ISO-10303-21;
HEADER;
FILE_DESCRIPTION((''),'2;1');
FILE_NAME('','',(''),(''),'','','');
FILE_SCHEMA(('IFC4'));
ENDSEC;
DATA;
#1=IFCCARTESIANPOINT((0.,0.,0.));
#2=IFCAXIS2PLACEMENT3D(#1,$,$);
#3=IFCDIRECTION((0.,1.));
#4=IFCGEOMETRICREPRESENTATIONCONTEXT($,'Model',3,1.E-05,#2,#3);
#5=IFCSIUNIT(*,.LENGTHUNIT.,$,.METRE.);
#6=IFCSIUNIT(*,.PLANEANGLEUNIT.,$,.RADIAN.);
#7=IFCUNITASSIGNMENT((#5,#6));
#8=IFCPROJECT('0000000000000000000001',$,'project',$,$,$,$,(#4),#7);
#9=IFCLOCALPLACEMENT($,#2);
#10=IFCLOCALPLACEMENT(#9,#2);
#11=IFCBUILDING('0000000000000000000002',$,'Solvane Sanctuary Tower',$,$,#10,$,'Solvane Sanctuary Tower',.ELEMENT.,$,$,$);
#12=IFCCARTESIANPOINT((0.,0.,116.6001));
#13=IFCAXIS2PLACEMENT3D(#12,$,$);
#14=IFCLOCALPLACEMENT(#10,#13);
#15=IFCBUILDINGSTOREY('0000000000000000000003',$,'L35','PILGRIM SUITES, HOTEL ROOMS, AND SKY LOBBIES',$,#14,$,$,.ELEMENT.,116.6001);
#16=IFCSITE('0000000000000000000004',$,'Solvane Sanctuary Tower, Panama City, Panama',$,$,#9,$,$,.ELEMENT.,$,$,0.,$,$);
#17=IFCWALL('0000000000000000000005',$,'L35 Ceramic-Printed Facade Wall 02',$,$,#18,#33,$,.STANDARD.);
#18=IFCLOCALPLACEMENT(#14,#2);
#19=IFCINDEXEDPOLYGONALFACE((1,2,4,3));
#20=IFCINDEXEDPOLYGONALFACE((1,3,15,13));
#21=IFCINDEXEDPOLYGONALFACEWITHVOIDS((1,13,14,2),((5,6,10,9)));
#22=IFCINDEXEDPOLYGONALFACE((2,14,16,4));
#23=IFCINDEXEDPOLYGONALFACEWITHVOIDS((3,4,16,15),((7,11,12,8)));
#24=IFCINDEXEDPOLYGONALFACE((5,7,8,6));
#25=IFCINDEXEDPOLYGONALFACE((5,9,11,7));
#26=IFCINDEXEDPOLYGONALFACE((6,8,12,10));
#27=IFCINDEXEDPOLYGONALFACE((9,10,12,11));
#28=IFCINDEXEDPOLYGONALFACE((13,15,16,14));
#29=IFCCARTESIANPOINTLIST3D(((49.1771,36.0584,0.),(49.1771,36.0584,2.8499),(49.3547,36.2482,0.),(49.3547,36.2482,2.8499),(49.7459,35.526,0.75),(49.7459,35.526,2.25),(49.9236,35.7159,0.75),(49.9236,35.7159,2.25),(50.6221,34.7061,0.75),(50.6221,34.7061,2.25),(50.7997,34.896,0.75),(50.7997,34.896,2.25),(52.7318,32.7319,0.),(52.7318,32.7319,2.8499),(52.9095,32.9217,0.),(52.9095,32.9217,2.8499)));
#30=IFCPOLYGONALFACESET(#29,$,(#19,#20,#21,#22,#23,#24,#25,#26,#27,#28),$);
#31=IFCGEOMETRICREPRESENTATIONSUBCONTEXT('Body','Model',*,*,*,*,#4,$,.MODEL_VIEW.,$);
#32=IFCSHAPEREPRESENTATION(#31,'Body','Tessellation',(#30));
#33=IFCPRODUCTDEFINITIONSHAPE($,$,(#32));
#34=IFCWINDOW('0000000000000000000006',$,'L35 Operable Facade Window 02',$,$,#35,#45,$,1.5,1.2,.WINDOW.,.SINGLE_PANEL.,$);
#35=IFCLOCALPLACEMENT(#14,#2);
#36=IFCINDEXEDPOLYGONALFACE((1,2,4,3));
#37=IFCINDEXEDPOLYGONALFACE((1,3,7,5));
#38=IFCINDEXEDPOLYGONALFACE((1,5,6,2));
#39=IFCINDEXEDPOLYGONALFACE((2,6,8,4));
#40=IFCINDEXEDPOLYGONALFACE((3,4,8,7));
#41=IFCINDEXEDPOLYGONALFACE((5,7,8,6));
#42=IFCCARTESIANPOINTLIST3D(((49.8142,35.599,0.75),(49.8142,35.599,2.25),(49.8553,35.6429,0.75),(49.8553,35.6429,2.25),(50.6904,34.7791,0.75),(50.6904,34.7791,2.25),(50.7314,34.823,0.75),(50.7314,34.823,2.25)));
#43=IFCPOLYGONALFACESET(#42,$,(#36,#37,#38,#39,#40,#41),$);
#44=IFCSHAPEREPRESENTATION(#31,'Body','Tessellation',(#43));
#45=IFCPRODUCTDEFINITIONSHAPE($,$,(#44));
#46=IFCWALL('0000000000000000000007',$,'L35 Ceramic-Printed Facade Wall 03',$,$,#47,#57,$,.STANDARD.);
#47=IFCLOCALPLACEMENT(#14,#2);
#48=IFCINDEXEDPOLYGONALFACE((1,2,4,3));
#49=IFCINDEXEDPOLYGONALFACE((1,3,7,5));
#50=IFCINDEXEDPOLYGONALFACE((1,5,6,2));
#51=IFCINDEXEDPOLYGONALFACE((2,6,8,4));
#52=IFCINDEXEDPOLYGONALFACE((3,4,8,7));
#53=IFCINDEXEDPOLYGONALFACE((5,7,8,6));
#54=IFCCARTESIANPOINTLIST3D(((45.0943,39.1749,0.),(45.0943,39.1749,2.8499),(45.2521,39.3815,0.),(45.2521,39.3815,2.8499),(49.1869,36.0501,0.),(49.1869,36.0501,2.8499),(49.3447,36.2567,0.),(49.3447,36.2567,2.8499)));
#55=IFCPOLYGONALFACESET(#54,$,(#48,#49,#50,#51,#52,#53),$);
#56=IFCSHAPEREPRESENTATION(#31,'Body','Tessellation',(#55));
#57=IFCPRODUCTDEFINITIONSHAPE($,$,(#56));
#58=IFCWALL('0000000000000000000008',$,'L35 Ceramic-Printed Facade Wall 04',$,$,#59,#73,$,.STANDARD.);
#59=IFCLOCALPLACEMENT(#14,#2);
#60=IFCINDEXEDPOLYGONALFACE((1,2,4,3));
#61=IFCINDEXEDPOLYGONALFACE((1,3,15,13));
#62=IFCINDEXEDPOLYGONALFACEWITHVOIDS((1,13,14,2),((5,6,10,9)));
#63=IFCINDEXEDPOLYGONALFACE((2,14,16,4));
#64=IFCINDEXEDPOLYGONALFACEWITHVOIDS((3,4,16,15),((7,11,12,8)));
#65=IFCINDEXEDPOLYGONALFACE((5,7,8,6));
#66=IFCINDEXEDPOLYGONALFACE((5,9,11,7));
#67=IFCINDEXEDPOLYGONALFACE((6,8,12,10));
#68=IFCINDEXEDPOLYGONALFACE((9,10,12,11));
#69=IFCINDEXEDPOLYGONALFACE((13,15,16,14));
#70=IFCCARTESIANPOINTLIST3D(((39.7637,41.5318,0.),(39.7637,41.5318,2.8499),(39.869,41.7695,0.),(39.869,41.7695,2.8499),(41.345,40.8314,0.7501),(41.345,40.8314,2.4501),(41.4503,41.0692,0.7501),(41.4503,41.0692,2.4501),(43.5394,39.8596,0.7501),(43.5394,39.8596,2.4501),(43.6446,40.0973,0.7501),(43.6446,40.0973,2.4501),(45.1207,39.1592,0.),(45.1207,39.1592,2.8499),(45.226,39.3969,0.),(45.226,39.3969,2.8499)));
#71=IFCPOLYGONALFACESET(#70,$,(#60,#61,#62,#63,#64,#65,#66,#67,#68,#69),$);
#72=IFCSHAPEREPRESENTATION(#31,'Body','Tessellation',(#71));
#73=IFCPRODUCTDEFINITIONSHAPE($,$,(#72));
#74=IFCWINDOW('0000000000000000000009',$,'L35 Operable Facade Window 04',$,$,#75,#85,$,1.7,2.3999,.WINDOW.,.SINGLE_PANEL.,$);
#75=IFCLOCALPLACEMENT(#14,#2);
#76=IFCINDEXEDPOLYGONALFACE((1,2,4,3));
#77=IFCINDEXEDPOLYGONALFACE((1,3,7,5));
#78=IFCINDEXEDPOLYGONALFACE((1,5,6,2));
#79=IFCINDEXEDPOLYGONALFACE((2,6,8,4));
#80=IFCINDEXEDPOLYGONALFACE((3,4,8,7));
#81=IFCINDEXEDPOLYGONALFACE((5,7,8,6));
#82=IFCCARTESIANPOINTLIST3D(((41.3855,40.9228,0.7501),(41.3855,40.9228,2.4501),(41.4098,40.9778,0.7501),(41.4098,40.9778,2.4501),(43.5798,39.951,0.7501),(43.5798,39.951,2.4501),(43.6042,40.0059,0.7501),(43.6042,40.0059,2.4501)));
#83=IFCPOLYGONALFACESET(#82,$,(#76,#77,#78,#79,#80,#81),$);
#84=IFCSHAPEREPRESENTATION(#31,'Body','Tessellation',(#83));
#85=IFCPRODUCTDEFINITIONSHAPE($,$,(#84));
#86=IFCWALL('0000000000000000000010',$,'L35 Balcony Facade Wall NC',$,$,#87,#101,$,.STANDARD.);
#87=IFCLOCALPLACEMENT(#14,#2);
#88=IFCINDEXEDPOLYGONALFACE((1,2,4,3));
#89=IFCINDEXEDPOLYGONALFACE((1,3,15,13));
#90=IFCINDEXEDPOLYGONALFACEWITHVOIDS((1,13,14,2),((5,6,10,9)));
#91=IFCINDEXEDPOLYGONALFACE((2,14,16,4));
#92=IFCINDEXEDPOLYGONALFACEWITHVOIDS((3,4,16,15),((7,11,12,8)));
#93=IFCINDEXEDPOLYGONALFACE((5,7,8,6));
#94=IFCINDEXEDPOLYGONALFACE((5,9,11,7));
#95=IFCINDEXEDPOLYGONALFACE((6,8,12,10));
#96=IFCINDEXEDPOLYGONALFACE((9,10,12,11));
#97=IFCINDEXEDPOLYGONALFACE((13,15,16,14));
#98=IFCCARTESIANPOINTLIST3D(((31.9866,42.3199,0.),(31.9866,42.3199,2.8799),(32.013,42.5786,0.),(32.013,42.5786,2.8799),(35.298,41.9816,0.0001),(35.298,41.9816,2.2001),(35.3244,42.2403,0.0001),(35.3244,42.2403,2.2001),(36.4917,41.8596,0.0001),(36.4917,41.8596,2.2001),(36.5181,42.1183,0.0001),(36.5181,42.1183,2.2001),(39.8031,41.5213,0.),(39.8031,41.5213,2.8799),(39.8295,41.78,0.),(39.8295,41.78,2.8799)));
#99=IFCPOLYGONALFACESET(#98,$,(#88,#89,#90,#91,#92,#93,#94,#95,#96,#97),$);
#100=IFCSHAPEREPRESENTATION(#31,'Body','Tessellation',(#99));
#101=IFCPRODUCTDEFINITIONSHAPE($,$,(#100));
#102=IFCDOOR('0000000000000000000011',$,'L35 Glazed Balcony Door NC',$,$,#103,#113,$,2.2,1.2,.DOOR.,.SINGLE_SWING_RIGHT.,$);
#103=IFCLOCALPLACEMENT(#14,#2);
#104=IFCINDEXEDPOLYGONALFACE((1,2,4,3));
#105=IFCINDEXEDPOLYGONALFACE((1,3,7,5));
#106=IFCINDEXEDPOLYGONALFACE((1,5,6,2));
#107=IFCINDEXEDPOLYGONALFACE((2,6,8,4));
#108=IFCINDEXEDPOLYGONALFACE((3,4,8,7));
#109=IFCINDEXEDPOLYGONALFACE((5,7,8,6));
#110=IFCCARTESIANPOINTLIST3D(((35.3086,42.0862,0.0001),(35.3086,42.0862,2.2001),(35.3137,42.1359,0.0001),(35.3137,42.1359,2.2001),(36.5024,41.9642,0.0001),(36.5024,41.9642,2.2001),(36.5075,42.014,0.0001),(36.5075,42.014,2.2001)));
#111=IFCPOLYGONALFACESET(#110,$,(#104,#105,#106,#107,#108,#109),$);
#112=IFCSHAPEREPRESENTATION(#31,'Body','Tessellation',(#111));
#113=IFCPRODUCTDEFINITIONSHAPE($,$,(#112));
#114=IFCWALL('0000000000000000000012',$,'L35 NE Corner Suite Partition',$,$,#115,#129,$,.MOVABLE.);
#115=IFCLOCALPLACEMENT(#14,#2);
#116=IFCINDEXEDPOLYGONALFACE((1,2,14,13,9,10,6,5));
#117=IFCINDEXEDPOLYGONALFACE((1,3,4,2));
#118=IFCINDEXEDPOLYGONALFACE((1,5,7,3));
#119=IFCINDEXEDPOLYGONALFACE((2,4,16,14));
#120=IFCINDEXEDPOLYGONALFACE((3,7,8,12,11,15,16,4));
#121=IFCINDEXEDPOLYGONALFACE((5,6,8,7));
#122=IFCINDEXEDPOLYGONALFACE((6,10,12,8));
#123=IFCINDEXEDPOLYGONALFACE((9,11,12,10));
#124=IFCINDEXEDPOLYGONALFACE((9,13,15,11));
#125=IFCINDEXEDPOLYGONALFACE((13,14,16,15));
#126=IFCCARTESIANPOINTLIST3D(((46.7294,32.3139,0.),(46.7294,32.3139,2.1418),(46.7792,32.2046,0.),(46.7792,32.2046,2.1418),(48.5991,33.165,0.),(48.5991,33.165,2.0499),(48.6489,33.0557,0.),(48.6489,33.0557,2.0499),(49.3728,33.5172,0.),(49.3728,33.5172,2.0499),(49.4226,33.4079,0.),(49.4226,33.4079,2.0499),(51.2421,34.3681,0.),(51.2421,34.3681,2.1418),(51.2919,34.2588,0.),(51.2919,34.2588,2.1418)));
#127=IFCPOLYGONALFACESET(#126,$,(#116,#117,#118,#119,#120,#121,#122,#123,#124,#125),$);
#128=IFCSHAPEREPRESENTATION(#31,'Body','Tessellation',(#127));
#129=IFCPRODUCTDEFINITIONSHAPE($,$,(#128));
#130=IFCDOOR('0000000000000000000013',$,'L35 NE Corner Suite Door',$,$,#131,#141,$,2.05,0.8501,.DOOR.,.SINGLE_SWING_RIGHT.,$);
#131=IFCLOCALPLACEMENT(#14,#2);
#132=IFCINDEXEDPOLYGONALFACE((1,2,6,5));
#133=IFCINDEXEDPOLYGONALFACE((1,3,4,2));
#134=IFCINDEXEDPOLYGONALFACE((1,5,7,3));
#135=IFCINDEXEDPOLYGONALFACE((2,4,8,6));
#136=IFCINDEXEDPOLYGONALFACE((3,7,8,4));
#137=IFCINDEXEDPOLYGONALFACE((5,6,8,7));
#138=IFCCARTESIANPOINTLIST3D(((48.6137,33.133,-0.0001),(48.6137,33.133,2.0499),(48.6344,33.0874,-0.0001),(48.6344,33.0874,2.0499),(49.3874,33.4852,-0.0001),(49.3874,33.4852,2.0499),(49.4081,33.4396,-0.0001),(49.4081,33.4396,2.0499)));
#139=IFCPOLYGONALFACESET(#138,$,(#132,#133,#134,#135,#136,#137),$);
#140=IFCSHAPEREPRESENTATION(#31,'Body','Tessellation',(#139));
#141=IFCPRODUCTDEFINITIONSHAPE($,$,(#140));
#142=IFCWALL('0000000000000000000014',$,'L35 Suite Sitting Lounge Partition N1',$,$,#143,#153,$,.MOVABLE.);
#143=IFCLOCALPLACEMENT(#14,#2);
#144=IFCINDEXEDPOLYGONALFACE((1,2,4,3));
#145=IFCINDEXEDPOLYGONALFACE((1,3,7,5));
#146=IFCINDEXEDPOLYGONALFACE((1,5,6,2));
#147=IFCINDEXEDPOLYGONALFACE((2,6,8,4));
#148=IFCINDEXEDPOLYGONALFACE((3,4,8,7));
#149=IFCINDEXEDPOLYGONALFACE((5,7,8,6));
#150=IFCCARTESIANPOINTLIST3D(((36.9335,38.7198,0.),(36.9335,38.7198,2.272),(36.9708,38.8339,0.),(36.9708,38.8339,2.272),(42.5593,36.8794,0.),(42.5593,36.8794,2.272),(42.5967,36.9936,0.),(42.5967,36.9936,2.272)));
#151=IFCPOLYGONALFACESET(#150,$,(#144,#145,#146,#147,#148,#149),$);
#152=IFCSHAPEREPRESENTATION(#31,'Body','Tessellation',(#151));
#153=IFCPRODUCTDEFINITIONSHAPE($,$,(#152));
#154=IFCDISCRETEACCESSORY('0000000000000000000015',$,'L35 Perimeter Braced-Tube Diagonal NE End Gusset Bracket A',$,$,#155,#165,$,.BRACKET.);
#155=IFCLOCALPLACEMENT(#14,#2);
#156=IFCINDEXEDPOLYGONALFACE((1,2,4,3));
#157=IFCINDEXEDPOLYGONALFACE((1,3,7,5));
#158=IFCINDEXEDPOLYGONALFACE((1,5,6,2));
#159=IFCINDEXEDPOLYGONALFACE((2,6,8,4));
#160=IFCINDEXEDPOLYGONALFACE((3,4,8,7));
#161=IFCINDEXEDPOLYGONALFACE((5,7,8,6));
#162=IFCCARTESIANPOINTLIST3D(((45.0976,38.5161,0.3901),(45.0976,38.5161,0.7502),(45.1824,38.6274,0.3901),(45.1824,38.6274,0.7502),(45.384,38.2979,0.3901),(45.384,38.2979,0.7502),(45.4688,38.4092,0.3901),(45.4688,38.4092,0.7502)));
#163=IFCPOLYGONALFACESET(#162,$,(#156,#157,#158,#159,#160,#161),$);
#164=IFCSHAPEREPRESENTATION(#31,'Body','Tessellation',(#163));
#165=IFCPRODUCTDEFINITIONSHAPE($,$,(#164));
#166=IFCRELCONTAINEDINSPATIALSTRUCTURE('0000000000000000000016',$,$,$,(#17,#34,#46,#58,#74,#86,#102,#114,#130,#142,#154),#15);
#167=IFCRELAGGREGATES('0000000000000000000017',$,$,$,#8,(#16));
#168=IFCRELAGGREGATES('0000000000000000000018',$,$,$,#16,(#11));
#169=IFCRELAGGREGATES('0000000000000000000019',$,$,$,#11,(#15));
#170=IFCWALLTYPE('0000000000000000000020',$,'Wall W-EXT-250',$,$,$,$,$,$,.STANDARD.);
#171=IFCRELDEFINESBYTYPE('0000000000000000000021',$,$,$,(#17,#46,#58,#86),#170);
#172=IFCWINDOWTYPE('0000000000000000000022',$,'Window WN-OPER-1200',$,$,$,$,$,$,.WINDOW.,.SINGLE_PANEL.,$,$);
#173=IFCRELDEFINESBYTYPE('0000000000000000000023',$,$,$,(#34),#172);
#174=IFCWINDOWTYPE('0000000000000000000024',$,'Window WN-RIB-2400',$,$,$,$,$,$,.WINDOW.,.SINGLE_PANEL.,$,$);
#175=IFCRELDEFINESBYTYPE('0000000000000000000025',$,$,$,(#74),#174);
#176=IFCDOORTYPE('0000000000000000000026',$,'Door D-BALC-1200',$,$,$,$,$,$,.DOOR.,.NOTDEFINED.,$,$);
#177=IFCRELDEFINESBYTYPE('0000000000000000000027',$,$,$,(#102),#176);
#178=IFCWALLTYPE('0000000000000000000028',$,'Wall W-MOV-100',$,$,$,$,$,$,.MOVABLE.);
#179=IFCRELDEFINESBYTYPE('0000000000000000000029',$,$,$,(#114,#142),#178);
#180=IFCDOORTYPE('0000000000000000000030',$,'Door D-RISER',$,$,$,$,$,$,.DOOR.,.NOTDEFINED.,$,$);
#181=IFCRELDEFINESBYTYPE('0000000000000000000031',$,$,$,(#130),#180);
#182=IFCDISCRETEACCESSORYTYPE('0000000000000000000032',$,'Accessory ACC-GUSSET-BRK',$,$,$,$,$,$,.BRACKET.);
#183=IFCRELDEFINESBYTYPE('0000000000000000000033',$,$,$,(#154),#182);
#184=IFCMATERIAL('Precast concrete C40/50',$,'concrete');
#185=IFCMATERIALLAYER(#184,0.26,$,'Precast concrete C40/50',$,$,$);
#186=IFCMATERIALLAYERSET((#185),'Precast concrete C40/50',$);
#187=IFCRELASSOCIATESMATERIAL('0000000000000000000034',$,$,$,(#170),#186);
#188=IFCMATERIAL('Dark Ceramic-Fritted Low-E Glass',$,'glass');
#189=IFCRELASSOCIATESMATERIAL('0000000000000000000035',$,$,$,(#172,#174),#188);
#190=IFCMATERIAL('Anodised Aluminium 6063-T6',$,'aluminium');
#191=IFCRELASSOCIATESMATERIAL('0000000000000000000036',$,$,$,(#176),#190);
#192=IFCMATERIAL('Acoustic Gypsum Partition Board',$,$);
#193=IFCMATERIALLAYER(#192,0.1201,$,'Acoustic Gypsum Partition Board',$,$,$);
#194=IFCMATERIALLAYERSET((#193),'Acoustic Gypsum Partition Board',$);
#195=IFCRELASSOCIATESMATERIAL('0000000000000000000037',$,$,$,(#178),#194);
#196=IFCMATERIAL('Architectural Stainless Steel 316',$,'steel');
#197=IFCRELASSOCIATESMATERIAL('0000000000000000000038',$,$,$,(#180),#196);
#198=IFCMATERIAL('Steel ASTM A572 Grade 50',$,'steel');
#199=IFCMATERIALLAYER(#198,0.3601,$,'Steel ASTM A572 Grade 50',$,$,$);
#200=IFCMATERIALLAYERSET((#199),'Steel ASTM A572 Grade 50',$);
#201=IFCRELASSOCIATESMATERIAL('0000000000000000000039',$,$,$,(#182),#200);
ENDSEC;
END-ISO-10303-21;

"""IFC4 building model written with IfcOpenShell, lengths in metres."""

from ifc_helpers import new_model, si_unit, direction, frame, frame_2d, origin, origin_2d, place, context, subcontext, project, spatial, rectangle, extrude, material, layer, layer_set, type_object, element, fill, save


model = new_model("IFC4")

# Units and contexts
model_context = context("Model", 3, precision=1e-05, world=origin(), true_north=direction((0.0, 1.0)))
body_context = subcontext(model_context, "Body", "Model", "MODEL_VIEW")
ifc_project = project(units=[si_unit("LENGTHUNIT", "METRE"), si_unit("PLANEANGLEUNIT", "RADIAN")], contexts=[model_context])

# Site, building, storey
site_placement = place(None, origin())
site = spatial("IfcSite", under=ifc_project, at=site_placement, Name="Solvane Sanctuary Tower, Panama City, Panama", CompositionType="ELEMENT", RefElevation=0.0)
building_placement = place(site_placement, origin())
building = spatial("IfcBuilding", under=site, at=building_placement, Name="Solvane Sanctuary Tower", LongName="Solvane Sanctuary Tower", CompositionType="ELEMENT")
storey_placement = place(building_placement, frame((0.0, 0.0, 116.6001)))
storey = spatial("IfcBuildingStorey", under=building, at=storey_placement, Name="L35", Description="PILGRIM SUITES, HOTEL ROOMS, AND SKY LOBBIES", CompositionType="ELEMENT", Elevation=116.6001)

# Shared definitions
ifc_material_1 = material(Name="Acoustic Gypsum Partition Board")

# Wall, opening, window
ifc_material_2 = material(Name="Precast concrete C40/50", Category="concrete")
ifc_layer_1 = layer(ifc_material_2, 0.26, Name="Precast concrete C40/50")
ifc_layer_set_1 = layer_set([ifc_layer_1], Name="Precast concrete C40/50")
wall_type_1 = type_object("IfcWallType", Name="Wall W-EXT-250", PredefinedType="STANDARD", material=ifc_layer_set_1)
wall_1_placement = place(storey_placement, frame((52.8206, 32.8269, 0.0), z_axis=(0.0, 0.0, 1.0), x_axis=(-0.730162, 0.683274, 0.0)))
wall_1 = element("IfcWall", 1, at=wall_1_placement, inside=storey, type_object=wall_type_1, Name="L35 Ceramic-Printed Facade Wall 02", PredefinedType="STANDARD", context=body_context, shape_type="SweptSolid", body=[
    extrude(rectangle(XDim=4.8684, YDim=0.26, at=frame_2d((2.4341, 0.0))), origin(), (0.0, 0.0, 1.0), 2.8499),
])
opening_1_placement = place(wall_1_placement, frame((2.8892, 0.0, 0.75)))
opening_1 = element("IfcOpeningElement", 2, at=opening_1_placement, cuts=wall_1, PredefinedType="OPENING", context=body_context, shape_type="SweptSolid", body=[
    extrude(rectangle(XDim=1.2, YDim=1.5, at=frame_2d((0.6001, 0.75))), frame((0.0, 0.1399, 0.0), z_axis=(0.0, -1.0, 0.0), x_axis=(1.0, 0.0, 0.0)), (0.0, 0.0, 1.0), 0.28),
])
ifc_material_3 = material(Name="Dark Ceramic-Fritted Low-E Glass", Category="glass")
window_type_1 = type_object("IfcWindowType", Name="Window WN-OPER-1200", PartitioningType="SINGLE_PANEL", PredefinedType="WINDOW", material=ifc_material_3)
window_1_placement = place(opening_1_placement, origin())
window_1 = element("IfcWindow", 3, at=window_1_placement, inside=storey, type_object=window_type_1, Name="L35 Operable Facade Window 02", OverallHeight=1.5, OverallWidth=1.2, PartitioningType="SINGLE_PANEL", PredefinedType="WINDOW", context=body_context, shape_type="SweptSolid", body=[
    extrude(rectangle(XDim=1.2, YDim=1.5, at=frame_2d((0.6001, 0.75))), frame((0.0, 0.03, 0.0), z_axis=(0.0, -1.0, 0.0), x_axis=(1.0, 0.0, 0.0)), (0.0, 0.0, 1.0), 0.0601),
])
fill(opening_1, window_1)

# Wall
wall_2_placement = place(storey_placement, frame((49.2659, 36.1533, 0.0), z_axis=(0.0, 0.0, 1.0), x_axis=(-0.79481, 0.606859, 0.0)))
element("IfcWall", 4, at=wall_2_placement, inside=storey, type_object=wall_type_1, Name="L35 Ceramic-Printed Facade Wall 03", PredefinedType="STANDARD", context=body_context, shape_type="SweptSolid", body=[
    extrude(rectangle(XDim=5.1492, YDim=0.26, at=frame_2d((2.5747, 0.0))), origin(), (0.0, 0.0, 1.0), 2.8499),
])

# Wall, opening, window
wall_3_placement = place(storey_placement, frame((45.1733, 39.2781, 0.0), z_axis=(0.0, 0.0, 1.0), x_axis=(-0.914337, 0.404955, 0.0)))
wall_3 = element("IfcWall", 5, at=wall_3_placement, inside=storey, type_object=wall_type_1, Name="L35 Ceramic-Printed Facade Wall 04", PredefinedType="STANDARD", context=body_context, shape_type="SweptSolid", body=[
    extrude(rectangle(XDim=5.8589, YDim=0.26, at=frame_2d((2.9294, 0.0))), origin(), (0.0, 0.0, 1.0), 2.8499),
])
opening_2_placement = place(wall_3_placement, frame((1.7295, 0.0, 0.75)))
opening_2 = element("IfcOpeningElement", 6, at=opening_2_placement, cuts=wall_3, PredefinedType="OPENING", context=body_context, shape_type="SweptSolid", body=[
    extrude(rectangle(XDim=2.3999, YDim=1.7, at=frame_2d((1.2, 0.8501))), frame((0.0, 0.1399, 0.0), z_axis=(0.0, -1.0, 0.0), x_axis=(1.0, 0.0, 0.0)), (0.0, 0.0, 1.0), 0.28),
])
window_type_2 = type_object("IfcWindowType", Name="Window WN-RIB-2400", PartitioningType="SINGLE_PANEL", PredefinedType="WINDOW", material=ifc_material_3)
window_2_placement = place(opening_2_placement, origin())
window_2 = element("IfcWindow", 7, at=window_2_placement, inside=storey, type_object=window_type_2, Name="L35 Operable Facade Window 04", OverallHeight=1.7, OverallWidth=2.3999, PartitioningType="SINGLE_PANEL", PredefinedType="WINDOW", context=body_context, shape_type="SweptSolid", body=[
    extrude(rectangle(XDim=2.3999, YDim=1.7, at=frame_2d((1.2, 0.8501))), frame((0.0, 0.03, 0.0), z_axis=(0.0, -1.0, 0.0), x_axis=(1.0, 0.0, 0.0)), (0.0, 0.0, 1.0), 0.0601),
])
fill(opening_2, window_2)

# Walls, openings, doors
wall_4_placement = place(storey_placement, frame((39.8164, 41.6506, 0.0), z_axis=(0.0, 0.0, 1.0), x_axis=(-0.994821, 0.101639, 0.0)))
wall_4 = element("IfcWall", 8, at=wall_4_placement, inside=storey, type_object=wall_type_1, Name="L35 Balcony Facade Wall NC", PredefinedType="STANDARD", context=body_context, shape_type="SweptSolid", body=[
    extrude(rectangle(XDim=7.8572, YDim=0.26, at=frame_2d((3.9287, 0.0))), origin(), (0.0, 0.0, 1.0), 2.8799),
])
opening_3_placement = place(wall_4_placement, frame((3.3286, 0.0, 0.0)))
opening_3 = element("IfcOpeningElement", 9, at=opening_3_placement, cuts=wall_4, PredefinedType="OPENING", context=body_context, shape_type="SweptSolid", body=[
    extrude(rectangle(XDim=1.2, YDim=2.2, at=frame_2d((0.6001, 1.1001))), frame((0.0, 0.1399, 0.0), z_axis=(0.0, -1.0, 0.0), x_axis=(1.0, 0.0, 0.0)), (0.0, 0.0, 1.0), 0.28),
])
ifc_material_4 = material(Name="Anodised Aluminium 6063-T6", Category="aluminium")
door_type_1 = type_object("IfcDoorType", Name="Door D-BALC-1200", OperationType="NOTDEFINED", PredefinedType="DOOR", material=ifc_material_4)
door_1_placement = place(opening_3_placement, origin())
door_1 = element("IfcDoor", 10, at=door_1_placement, inside=storey, type_object=door_type_1, Name="L35 Glazed Balcony Door NC", OperationType="SINGLE_SWING_RIGHT", OverallHeight=2.2, OverallWidth=1.2, PredefinedType="DOOR", context=body_context, shape_type="SweptSolid", body=[
    extrude(rectangle(XDim=1.2, YDim=2.2, at=frame_2d((0.6001, 1.1001))), frame((0.0, 0.0249, 0.0), z_axis=(0.0, -1.0, 0.0), x_axis=(1.0, 0.0, 0.0)), (0.0, 0.0, 1.0), 0.05),
])
fill(opening_3, door_1)
ifc_layer_2 = layer(ifc_material_1, 0.1201, Name="Acoustic Gypsum Partition Board")
ifc_layer_set_2 = layer_set([ifc_layer_2], Name="Acoustic Gypsum Partition Board")
wall_type_2 = type_object("IfcWallType", Name="Wall W-MOV-100", PredefinedType="MOVABLE", material=ifc_layer_set_2)
wall_5_placement = place(storey_placement, frame((46.7544, 32.2593, 0.0), z_axis=(0.0, 0.0, 1.0), x_axis=(0.91014, 0.4143, 0.0)))
wall_5 = element("IfcWall", 11, at=wall_5_placement, inside=storey, type_object=wall_type_2, Name="L35 NE Corner Suite Partition", PredefinedType="MOVABLE", context=body_context, shape_type="SweptSolid", body=[
    extrude(rectangle(XDim=4.9583, YDim=0.1201, at=frame_2d((2.479, 0.0))), origin(), (0.0, 0.0, 1.0), 2.1418),
])
opening_4_placement = place(wall_5_placement, frame((2.0542, 0.0, 0.0)))
opening_4 = element("IfcOpeningElement", 12, at=opening_4_placement, cuts=wall_5, PredefinedType="OPENING", context=body_context, shape_type="SweptSolid", body=[
    extrude(rectangle(XDim=0.8501, YDim=2.05, at=frame_2d((0.425, 1.0249))), frame((0.0, 0.0701, 0.0), z_axis=(0.0, -1.0, 0.0), x_axis=(1.0, 0.0, 0.0)), (0.0, 0.0, 1.0), 0.1401),
])
ifc_material_5 = material(Name="Architectural Stainless Steel 316", Category="steel")
door_type_2 = type_object("IfcDoorType", Name="Door D-RISER", OperationType="NOTDEFINED", PredefinedType="DOOR", material=ifc_material_5)
door_2_placement = place(opening_4_placement, origin())
door_2 = element("IfcDoor", 13, at=door_2_placement, inside=storey, type_object=door_type_2, Name="L35 NE Corner Suite Door", OperationType="SINGLE_SWING_RIGHT", OverallHeight=2.05, OverallWidth=0.8501, PredefinedType="DOOR", context=body_context, shape_type="SweptSolid", body=[
    extrude(rectangle(XDim=0.8501, YDim=2.05, at=frame_2d((0.425, 1.0249))), frame((0.0, 0.0249, 0.0), z_axis=(0.0, -1.0, 0.0), x_axis=(1.0, 0.0, 0.0)), (0.0, 0.0, 1.0), 0.05),
])
fill(opening_4, door_2)

# Wall
wall_6_placement = place(storey_placement, frame((42.5779, 36.9365, 0.0), z_axis=(0.0, 0.0, 1.0), x_axis=(-0.950438, 0.310914, 0.0)))
element("IfcWall", 14, at=wall_6_placement, inside=storey, type_object=wall_type_2, Name="L35 Suite Sitting Lounge Partition N1", PredefinedType="MOVABLE", context=body_context, shape_type="SweptSolid", body=[
    extrude(rectangle(XDim=5.9192, YDim=0.1201, at=frame_2d((2.9595, 0.0))), origin(), (0.0, 0.0, 1.0), 2.272),
])

# Discrete accessory
ifc_material_6 = material(Name="Steel ASTM A572 Grade 50", Category="steel")
ifc_layer_3 = layer(ifc_material_6, 0.3601, Name="Steel ASTM A572 Grade 50")
ifc_layer_set_3 = layer_set([ifc_layer_3], Name="Steel ASTM A572 Grade 50")
discrete_accessory_type = type_object("IfcDiscreteAccessoryType", Name="Accessory ACC-GUSSET-BRK", PredefinedType="BRACKET", material=ifc_layer_set_3)
for number, where, z_axis, x_axis, name in (
    (15, (45.2832, 38.4626, 0.3901), (0.0, 0.0, 1.0), (0.795473, -0.605988, 0.0), "L35 Perimeter Braced-Tube Diagonal NE End Gusset Bracket A"),
):
    element("IfcDiscreteAccessory", number, at=place(storey_placement, frame(where, z_axis=z_axis, x_axis=x_axis)), inside=storey, type_object=discrete_accessory_type, Name=name, PredefinedType="BRACKET", context=body_context, shape_type="SweptSolid", body=[
        extrude(rectangle(XDim=0.3601, YDim=0.1399, at=origin_2d()), origin(), (0.0, 0.0, 1.0), 0.3601),
    ])

save(model, "model.ifc")
